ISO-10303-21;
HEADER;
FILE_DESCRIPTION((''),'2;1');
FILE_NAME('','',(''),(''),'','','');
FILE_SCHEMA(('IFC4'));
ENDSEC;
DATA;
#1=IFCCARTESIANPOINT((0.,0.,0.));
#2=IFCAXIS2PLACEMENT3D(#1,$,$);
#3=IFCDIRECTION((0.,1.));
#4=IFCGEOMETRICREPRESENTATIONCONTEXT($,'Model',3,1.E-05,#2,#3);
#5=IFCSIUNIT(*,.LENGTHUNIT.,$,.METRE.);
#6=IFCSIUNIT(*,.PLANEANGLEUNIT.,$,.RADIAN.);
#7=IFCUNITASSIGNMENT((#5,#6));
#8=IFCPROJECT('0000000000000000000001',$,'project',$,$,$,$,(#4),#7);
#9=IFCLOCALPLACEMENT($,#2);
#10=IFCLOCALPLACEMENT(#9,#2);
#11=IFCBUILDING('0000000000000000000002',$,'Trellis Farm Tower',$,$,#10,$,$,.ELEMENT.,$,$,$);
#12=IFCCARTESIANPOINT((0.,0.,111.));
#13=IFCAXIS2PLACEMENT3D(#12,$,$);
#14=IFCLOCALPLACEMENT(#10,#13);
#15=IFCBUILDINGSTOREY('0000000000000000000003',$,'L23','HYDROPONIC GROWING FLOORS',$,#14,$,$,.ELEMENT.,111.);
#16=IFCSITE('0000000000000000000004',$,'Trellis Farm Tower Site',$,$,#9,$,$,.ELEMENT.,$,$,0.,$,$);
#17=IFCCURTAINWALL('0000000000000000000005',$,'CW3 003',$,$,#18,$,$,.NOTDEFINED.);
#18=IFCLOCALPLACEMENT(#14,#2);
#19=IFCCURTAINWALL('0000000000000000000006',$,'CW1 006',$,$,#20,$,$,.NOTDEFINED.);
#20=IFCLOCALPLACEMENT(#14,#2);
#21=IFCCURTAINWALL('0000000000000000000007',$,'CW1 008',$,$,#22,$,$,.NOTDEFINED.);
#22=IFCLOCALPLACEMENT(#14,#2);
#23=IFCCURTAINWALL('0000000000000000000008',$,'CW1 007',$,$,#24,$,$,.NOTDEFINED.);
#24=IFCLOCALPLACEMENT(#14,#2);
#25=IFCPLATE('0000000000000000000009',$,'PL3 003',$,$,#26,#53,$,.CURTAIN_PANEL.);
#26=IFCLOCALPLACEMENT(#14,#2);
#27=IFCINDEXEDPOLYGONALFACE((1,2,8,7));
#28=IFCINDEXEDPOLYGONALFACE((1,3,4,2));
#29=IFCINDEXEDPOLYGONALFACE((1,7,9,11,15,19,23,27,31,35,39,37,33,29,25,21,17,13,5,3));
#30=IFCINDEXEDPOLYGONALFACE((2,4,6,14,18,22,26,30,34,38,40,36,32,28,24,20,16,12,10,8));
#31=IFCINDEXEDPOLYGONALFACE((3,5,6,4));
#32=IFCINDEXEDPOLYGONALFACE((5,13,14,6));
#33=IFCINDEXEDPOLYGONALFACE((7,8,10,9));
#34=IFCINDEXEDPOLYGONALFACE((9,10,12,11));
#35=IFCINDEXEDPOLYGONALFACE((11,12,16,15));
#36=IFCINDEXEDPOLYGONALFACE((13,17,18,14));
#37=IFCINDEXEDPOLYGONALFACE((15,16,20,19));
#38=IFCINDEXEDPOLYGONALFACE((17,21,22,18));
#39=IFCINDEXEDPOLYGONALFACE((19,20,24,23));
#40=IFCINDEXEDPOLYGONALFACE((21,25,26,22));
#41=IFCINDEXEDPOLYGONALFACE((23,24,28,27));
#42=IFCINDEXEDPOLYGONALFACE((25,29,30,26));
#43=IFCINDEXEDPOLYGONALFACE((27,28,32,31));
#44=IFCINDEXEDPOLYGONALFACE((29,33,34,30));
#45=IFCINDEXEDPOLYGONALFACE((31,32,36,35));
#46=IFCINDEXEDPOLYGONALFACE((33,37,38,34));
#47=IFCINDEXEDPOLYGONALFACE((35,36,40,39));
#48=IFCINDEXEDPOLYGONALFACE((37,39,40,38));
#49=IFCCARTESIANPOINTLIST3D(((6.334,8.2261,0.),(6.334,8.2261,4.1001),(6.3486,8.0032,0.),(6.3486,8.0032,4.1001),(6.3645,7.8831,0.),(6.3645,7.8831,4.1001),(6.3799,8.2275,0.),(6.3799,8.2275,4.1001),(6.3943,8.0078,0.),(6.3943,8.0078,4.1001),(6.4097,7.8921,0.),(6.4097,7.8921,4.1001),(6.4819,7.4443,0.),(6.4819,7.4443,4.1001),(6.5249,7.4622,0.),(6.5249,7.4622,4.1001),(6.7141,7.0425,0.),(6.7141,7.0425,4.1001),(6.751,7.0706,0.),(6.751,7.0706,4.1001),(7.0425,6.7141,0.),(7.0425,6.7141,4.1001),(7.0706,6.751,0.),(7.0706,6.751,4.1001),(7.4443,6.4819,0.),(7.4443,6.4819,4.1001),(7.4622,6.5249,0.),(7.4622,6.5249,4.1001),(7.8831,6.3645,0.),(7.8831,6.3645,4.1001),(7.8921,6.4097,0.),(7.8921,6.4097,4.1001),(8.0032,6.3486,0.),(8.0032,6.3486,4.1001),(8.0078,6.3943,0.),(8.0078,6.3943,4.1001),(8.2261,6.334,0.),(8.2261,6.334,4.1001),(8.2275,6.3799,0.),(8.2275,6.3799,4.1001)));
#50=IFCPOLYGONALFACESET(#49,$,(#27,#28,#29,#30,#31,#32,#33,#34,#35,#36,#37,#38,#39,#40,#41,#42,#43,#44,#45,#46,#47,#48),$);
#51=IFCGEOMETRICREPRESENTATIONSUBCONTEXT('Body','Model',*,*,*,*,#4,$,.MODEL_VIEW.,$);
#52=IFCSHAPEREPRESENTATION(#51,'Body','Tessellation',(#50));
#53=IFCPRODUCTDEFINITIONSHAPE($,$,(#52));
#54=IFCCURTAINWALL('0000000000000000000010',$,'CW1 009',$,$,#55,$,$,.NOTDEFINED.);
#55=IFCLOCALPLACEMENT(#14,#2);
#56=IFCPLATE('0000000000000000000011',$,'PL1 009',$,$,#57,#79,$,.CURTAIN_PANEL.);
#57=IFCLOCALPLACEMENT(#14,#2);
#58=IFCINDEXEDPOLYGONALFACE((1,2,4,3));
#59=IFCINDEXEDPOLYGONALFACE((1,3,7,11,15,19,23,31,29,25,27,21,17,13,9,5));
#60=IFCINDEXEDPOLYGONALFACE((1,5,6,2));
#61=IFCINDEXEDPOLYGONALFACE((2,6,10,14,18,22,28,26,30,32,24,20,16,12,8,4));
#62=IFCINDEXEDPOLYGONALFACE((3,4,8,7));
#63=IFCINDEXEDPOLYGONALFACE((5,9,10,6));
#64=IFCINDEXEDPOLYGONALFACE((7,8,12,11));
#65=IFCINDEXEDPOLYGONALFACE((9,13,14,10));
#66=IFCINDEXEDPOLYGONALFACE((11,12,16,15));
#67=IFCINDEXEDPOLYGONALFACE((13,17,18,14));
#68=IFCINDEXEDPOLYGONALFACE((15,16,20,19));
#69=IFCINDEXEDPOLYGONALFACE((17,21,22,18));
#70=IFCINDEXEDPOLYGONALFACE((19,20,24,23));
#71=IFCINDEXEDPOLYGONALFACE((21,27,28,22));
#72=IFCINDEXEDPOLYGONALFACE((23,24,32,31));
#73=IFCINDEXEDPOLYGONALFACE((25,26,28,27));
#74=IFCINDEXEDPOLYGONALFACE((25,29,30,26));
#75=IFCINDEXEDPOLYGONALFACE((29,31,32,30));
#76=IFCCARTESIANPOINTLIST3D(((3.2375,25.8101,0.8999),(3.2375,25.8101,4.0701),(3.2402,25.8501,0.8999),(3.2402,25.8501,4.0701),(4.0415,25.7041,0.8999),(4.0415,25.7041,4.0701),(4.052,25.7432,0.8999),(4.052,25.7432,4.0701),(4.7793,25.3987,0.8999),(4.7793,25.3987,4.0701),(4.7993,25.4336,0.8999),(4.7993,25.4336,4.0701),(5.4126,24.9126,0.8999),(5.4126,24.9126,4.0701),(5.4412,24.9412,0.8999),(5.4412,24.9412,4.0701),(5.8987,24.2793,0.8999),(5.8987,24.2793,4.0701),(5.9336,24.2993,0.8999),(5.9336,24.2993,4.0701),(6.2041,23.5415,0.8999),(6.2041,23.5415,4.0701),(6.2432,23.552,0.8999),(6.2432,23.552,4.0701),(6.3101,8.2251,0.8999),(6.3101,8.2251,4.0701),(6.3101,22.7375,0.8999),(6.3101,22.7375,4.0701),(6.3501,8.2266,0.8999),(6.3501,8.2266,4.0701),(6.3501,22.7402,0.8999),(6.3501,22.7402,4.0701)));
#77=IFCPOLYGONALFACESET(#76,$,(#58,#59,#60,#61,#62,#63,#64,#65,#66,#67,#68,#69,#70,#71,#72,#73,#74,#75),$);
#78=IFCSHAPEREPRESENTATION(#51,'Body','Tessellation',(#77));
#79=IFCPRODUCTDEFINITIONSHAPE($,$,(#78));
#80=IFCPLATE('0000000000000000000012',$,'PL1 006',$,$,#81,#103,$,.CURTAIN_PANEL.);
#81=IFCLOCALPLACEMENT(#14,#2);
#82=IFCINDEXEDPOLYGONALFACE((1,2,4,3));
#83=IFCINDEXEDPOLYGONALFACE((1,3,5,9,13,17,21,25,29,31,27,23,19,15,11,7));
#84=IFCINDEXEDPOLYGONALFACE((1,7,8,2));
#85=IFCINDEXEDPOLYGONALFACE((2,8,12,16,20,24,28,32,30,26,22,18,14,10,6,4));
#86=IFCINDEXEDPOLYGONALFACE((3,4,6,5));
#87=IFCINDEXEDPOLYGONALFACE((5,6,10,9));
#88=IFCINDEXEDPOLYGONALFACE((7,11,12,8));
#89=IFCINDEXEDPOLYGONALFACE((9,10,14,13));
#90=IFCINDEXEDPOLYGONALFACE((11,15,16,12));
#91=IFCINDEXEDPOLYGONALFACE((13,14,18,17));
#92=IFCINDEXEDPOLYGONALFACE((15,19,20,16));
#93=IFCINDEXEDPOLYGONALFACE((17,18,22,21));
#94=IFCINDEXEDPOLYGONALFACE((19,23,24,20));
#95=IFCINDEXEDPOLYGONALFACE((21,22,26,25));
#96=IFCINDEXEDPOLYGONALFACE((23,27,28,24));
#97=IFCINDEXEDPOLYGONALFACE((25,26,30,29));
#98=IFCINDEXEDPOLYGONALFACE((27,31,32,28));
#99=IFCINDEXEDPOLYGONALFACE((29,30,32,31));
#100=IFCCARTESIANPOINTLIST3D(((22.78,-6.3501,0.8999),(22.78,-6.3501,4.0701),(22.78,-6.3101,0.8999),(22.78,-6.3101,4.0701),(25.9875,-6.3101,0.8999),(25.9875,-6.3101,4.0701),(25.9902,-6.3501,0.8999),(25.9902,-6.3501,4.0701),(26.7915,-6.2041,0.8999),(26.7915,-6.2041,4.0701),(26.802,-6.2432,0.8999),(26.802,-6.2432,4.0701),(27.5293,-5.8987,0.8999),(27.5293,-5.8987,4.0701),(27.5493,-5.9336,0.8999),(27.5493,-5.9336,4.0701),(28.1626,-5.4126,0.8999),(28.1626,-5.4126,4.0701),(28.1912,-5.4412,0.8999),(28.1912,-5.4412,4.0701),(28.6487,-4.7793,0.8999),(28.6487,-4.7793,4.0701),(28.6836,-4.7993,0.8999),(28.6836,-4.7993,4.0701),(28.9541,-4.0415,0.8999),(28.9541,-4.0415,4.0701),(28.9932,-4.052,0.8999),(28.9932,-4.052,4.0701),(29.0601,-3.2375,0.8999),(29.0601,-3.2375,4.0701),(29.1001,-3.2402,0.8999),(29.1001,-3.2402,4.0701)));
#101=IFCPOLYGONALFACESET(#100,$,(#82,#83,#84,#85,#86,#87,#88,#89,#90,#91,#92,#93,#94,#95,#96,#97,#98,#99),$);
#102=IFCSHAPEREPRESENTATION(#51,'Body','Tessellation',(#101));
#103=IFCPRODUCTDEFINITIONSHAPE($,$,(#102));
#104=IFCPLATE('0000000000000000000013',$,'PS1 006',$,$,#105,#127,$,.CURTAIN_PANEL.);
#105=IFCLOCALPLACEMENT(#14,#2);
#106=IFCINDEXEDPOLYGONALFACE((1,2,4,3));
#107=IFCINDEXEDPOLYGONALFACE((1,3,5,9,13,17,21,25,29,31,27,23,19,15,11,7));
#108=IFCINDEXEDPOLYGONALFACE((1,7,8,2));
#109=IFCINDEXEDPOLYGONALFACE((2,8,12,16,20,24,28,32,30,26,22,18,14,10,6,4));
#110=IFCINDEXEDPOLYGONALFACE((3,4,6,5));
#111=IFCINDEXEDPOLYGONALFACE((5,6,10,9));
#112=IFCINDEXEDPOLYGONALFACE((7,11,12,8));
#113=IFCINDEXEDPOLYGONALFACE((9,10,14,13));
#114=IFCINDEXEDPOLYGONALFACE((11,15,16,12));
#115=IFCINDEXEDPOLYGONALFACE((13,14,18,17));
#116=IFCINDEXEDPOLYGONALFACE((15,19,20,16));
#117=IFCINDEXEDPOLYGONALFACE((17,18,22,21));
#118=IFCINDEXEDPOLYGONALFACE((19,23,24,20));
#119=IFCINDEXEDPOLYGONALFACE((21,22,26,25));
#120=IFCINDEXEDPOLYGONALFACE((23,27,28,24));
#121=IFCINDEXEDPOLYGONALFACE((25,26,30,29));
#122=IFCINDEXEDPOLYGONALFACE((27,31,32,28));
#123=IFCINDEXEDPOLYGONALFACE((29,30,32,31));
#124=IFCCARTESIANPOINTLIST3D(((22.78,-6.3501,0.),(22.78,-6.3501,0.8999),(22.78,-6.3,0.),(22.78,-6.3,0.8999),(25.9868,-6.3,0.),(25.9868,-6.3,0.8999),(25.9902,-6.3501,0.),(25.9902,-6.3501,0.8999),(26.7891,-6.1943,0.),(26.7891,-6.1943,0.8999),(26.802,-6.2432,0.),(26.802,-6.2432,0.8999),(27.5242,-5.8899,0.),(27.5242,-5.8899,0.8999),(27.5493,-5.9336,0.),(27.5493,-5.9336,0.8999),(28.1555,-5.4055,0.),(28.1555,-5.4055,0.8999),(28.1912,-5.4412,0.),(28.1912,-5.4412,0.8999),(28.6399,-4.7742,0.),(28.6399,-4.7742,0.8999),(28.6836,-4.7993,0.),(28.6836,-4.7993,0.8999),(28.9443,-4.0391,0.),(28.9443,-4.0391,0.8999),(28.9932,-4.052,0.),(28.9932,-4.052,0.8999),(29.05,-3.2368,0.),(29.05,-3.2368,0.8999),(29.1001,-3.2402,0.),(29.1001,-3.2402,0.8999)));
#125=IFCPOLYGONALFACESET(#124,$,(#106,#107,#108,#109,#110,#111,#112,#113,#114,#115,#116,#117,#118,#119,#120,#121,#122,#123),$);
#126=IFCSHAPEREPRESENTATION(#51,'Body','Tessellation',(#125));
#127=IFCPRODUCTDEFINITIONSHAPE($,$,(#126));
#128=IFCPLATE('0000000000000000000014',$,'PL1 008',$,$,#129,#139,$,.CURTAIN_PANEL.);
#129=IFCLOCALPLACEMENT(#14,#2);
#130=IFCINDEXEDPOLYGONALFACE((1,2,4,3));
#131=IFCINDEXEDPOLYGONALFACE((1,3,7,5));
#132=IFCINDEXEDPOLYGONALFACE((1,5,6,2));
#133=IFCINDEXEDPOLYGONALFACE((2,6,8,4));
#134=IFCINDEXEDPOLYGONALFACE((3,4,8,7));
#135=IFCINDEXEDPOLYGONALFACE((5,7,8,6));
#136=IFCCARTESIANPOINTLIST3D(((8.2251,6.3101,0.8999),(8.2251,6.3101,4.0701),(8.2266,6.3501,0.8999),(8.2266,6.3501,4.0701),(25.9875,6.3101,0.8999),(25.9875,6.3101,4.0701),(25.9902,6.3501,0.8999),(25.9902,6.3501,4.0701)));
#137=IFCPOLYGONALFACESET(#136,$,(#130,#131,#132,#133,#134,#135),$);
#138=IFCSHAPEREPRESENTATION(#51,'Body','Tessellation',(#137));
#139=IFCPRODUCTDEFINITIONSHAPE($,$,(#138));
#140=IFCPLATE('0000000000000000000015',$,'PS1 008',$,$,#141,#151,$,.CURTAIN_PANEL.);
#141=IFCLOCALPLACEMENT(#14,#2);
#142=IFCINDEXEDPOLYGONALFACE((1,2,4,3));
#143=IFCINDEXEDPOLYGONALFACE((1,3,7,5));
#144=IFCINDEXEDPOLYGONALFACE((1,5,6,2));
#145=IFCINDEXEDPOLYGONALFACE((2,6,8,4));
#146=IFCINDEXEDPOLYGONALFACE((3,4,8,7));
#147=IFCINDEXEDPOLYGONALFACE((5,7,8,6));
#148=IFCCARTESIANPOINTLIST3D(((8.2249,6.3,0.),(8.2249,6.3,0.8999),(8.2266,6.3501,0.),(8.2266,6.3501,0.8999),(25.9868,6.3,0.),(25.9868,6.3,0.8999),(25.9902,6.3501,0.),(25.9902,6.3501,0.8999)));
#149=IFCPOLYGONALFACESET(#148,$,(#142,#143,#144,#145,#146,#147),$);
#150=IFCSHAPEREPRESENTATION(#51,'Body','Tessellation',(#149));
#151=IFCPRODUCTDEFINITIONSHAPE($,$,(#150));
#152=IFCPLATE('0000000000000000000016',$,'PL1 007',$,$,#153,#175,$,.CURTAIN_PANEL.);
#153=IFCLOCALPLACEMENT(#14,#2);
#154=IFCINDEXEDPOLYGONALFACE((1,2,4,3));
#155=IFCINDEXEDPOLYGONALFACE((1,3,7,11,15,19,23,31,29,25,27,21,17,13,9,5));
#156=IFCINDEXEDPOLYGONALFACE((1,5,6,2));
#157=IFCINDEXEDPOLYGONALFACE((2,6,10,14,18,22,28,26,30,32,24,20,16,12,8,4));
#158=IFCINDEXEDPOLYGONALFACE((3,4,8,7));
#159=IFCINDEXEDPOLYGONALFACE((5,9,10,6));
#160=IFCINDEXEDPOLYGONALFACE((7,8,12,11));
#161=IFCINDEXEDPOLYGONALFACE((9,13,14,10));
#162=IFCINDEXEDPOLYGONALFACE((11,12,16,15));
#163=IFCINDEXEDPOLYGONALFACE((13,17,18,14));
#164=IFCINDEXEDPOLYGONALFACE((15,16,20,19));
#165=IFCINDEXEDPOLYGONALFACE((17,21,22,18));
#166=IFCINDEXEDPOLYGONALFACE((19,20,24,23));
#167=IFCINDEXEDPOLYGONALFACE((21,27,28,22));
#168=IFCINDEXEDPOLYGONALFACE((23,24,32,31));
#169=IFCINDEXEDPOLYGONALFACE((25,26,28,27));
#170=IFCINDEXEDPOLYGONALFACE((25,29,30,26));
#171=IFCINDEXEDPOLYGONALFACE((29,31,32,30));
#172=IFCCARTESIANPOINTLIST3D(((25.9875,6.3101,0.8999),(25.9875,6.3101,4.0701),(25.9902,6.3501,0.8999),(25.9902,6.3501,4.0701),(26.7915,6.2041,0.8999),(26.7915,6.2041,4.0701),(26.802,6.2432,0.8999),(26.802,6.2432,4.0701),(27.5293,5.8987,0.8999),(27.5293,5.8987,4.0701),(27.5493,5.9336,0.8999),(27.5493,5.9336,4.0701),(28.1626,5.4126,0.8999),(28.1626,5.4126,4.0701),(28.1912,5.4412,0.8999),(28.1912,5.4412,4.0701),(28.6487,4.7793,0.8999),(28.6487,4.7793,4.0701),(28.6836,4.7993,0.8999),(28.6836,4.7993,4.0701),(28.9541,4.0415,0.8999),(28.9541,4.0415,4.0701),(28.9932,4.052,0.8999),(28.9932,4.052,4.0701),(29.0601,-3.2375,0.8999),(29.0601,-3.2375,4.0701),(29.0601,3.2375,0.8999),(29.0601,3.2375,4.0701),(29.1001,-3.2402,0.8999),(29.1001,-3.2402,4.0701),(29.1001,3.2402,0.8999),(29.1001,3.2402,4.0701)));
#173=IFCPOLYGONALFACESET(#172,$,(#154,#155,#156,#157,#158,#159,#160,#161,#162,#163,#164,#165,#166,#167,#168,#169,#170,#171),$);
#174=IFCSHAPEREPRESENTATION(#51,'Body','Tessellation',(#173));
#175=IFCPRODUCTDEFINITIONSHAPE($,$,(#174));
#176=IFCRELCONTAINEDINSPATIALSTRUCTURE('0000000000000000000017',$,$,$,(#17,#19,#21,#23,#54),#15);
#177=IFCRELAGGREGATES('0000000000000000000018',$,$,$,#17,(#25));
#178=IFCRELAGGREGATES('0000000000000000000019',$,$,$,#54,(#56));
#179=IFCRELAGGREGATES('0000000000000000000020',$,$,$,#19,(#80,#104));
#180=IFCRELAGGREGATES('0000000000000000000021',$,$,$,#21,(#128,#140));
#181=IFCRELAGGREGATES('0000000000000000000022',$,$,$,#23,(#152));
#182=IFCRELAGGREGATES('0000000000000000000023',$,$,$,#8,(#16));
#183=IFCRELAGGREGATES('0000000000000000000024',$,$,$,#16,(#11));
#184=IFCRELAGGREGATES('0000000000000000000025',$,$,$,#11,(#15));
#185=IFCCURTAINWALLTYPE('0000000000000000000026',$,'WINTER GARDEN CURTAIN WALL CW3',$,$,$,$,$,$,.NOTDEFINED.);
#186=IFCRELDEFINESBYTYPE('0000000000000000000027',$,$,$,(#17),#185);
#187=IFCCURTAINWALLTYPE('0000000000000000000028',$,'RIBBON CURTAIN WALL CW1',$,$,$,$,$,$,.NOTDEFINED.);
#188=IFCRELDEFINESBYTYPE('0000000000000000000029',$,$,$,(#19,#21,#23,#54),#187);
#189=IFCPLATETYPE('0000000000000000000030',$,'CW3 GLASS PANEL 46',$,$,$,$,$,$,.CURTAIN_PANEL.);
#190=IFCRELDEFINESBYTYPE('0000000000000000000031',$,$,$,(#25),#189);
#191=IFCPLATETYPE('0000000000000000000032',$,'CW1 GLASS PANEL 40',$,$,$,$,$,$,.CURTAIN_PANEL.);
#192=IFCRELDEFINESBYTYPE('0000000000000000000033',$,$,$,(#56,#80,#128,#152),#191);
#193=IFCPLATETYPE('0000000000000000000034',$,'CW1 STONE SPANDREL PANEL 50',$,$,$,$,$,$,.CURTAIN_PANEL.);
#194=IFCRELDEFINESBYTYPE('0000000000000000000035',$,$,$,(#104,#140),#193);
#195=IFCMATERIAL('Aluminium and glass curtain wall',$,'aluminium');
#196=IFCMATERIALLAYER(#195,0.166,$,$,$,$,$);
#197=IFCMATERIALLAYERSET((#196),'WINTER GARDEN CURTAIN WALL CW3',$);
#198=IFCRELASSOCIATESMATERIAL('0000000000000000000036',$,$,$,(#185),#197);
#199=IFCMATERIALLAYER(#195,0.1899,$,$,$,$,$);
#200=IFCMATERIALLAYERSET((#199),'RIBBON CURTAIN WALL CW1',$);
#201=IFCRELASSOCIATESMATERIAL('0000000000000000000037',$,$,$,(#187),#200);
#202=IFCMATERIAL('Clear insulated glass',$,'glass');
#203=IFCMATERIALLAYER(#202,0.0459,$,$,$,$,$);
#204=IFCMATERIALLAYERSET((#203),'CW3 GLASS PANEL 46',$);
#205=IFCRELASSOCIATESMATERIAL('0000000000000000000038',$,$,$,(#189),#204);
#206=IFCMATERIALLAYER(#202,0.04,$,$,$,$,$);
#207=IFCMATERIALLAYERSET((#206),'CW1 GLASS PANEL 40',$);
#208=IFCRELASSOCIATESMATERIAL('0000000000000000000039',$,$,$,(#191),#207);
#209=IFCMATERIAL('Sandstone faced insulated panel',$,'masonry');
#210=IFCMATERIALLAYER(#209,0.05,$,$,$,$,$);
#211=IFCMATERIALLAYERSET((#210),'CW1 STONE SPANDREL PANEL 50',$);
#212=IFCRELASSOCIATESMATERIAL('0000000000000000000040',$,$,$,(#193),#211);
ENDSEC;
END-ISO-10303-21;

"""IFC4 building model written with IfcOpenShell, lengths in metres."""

from ifc_helpers import new_model, si_unit, direction, frame, origin, place, context, subcontext, project, spatial, polyline, outline, extrude, source, transform, mapped, material, layer, layer_set, type_object, element, aggregate, save


model = new_model("IFC4")

# Units and contexts
model_context = context("Model", 3, precision=1e-05, world=origin(), true_north=direction((0.0, 1.0)))
body_context = subcontext(model_context, "Body", "Model", "MODEL_VIEW")
ifc_project = project(units=[si_unit("LENGTHUNIT", "METRE"), si_unit("PLANEANGLEUNIT", "RADIAN")], contexts=[model_context])

# Site, building, storey
site_placement = place(None, origin())
site = spatial("IfcSite", under=ifc_project, at=site_placement, Name="Trellis Farm Tower Site", CompositionType="ELEMENT", RefElevation=0.0)
building_placement = place(site_placement, origin())
building = spatial("IfcBuilding", under=site, at=building_placement, Name="Trellis Farm Tower", CompositionType="ELEMENT")
storey_placement = place(building_placement, frame((0.0, 0.0, 111.0)))
storey = spatial("IfcBuildingStorey", under=building, at=storey_placement, Name="L23", Description="HYDROPONIC GROWING FLOORS", CompositionType="ELEMENT", Elevation=111.0)

# Curtain walls
ifc_material_1 = material(Name="Aluminium and glass curtain wall", Category="aluminium")
ifc_layer_1 = layer(ifc_material_1, 0.166)
ifc_layer_set_1 = layer_set([ifc_layer_1], Name="WINTER GARDEN CURTAIN WALL CW3")
curtain_wall_type_1 = type_object("IfcCurtainWallType", Name="WINTER GARDEN CURTAIN WALL CW3", PredefinedType="NOTDEFINED", material=ifc_layer_set_1)
placement_1 = place(storey_placement, origin())
curtain_wall_1 = element("IfcCurtainWall", 1, at=placement_1, inside=storey, type_object=curtain_wall_type_1, Name="CW3 003", PredefinedType="NOTDEFINED")
ifc_layer_2 = layer(ifc_material_1, 0.1899)
ifc_layer_set_2 = layer_set([ifc_layer_2], Name="RIBBON CURTAIN WALL CW1")
curtain_wall_type_2 = type_object("IfcCurtainWallType", Name="RIBBON CURTAIN WALL CW1", PredefinedType="NOTDEFINED", material=ifc_layer_set_2)
curtain_wall_2 = element("IfcCurtainWall", 2, at=placement_1, inside=storey, type_object=curtain_wall_type_2, Name="CW1 006", PredefinedType="NOTDEFINED")
curtain_wall_3 = element("IfcCurtainWall", 3, at=placement_1, inside=storey, type_object=curtain_wall_type_2, Name="CW1 008", PredefinedType="NOTDEFINED")
curtain_wall_4 = element("IfcCurtainWall", 4, at=placement_1, inside=storey, type_object=curtain_wall_type_2, Name="CW1 007", PredefinedType="NOTDEFINED")

# Plate
ifc_material_2 = material(Name="Clear insulated glass", Category="glass")
ifc_layer_3 = layer(ifc_material_2, 0.0459)
ifc_layer_set_3 = layer_set([ifc_layer_3], Name="CW3 GLASS PANEL 46")
plate_type_1 = type_object("IfcPlateType", Name="CW3 GLASS PANEL 46", PredefinedType="CURTAIN_PANEL", material=ifc_layer_set_3)
shared_shape_1 = source(origin(), body_context, "Body", "SweptSolid", [
    extrude(outline(polyline([(8.2275, 6.3799), (8.0078, 6.3943), (7.8921, 6.4097), (7.4622, 6.5249), (7.0706, 6.751), (6.751, 7.0706), (6.5249, 7.4622), (6.4097, 7.8921), (6.3943, 8.0078), (6.3799, 8.2275), (6.334, 8.2261), (6.3486, 8.0032), (6.3645, 7.8831), (6.4819, 7.4443), (6.7141, 7.0425), (7.0425, 6.7141), (7.4443, 6.4819), (7.8831, 6.3645), (8.0032, 6.3486), (8.2261, 6.334), (8.2275, 6.3799)])), origin(), (0.0, 0.0, 1.0), 4.1001),
])
plate_1 = element("IfcPlate", 5, at=placement_1, type_object=plate_type_1, Name="PL3 003", PredefinedType="CURTAIN_PANEL", context=body_context, shape_type="MappedRepresentation", body=[
    mapped(shared_shape_1, transform((0.0, 0.0, 0.0))),
])
aggregate(curtain_wall_1, [plate_1])

# Curtain wall, plate
curtain_wall_5 = element("IfcCurtainWall", 6, at=placement_1, inside=storey, type_object=curtain_wall_type_2, Name="CW1 009", PredefinedType="NOTDEFINED")
ifc_layer_4 = layer(ifc_material_2, 0.04)
ifc_layer_set_4 = layer_set([ifc_layer_4], Name="CW1 GLASS PANEL 40")
plate_type_2 = type_object("IfcPlateType", Name="CW1 GLASS PANEL 40", PredefinedType="CURTAIN_PANEL", material=ifc_layer_set_4)
shared_shape_2 = source(origin(), body_context, "Body", "SweptSolid", [
    extrude(outline(polyline([(6.3501, 8.2266), (6.3501, 22.7402), (6.2432, 23.552), (5.9336, 24.2993), (5.4412, 24.9412), (4.7993, 25.4336), (4.052, 25.7432), (3.2402, 25.8501), (3.2375, 25.8101), (4.0415, 25.7041), (4.7793, 25.3987), (5.4126, 24.9126), (5.8987, 24.2793), (6.2041, 23.5415), (6.3101, 22.7375), (6.3101, 8.2251), (6.3501, 8.2266)])), origin(), (0.0, 0.0, 1.0), 3.1702),
])
placement_2 = place(storey_placement, frame((0.0, 0.0, 0.8999)))
plate_2 = element("IfcPlate", 7, at=placement_2, type_object=plate_type_2, Name="PL1 009", PredefinedType="CURTAIN_PANEL", context=body_context, shape_type="MappedRepresentation", body=[
    mapped(shared_shape_2, transform((0.0, 0.0, 0.0))),
])
aggregate(curtain_wall_5, [plate_2])

# Plates
shared_shape_3 = source(origin(), body_context, "Body", "SweptSolid", [
    extrude(outline(polyline([(22.78, -6.3501), (25.9902, -6.3501), (26.802, -6.2432), (27.5493, -5.9336), (28.1912, -5.4412), (28.6836, -4.7993), (28.9932, -4.052), (29.1001, -3.2402), (29.0601, -3.2375), (28.9541, -4.0415), (28.6487, -4.7793), (28.1626, -5.4126), (27.5293, -5.8987), (26.7915, -6.2041), (25.9875, -6.3101), (22.78, -6.3101), (22.78, -6.3501)])), origin(), (0.0, 0.0, 1.0), 3.1702),
])
plate_3 = element("IfcPlate", 8, at=placement_2, type_object=plate_type_2, Name="PL1 006", PredefinedType="CURTAIN_PANEL", context=body_context, shape_type="MappedRepresentation", body=[
    mapped(shared_shape_3, transform((0.0, 0.0, 0.0))),
])
ifc_material_3 = material(Name="Sandstone faced insulated panel", Category="masonry")
ifc_layer_5 = layer(ifc_material_3, 0.05)
ifc_layer_set_5 = layer_set([ifc_layer_5], Name="CW1 STONE SPANDREL PANEL 50")
plate_type_3 = type_object("IfcPlateType", Name="CW1 STONE SPANDREL PANEL 50", PredefinedType="CURTAIN_PANEL", material=ifc_layer_set_5)
shared_shape_4 = source(origin(), body_context, "Body", "SweptSolid", [
    extrude(outline(polyline([(22.78, -6.3501), (25.9902, -6.3501), (26.802, -6.2432), (27.5493, -5.9336), (28.1912, -5.4412), (28.6836, -4.7993), (28.9932, -4.052), (29.1001, -3.2402), (29.05, -3.2368), (28.9443, -4.0391), (28.6399, -4.7742), (28.1555, -5.4055), (27.5242, -5.8899), (26.7891, -6.1943), (25.9868, -6.3), (22.78, -6.3), (22.78, -6.3501)])), origin(), (0.0, 0.0, 1.0), 0.8999),
])
plate_4 = element("IfcPlate", 9, at=placement_1, type_object=plate_type_3, Name="PS1 006", PredefinedType="CURTAIN_PANEL", context=body_context, shape_type="MappedRepresentation", body=[
    mapped(shared_shape_4, transform((0.0, 0.0, 0.0))),
])
aggregate(curtain_wall_2, [plate_3, plate_4])
shared_shape_5 = source(origin(), body_context, "Body", "SweptSolid", [
    extrude(outline(polyline([(25.9902, 6.3501), (8.2266, 6.3501), (8.2251, 6.3101), (25.9875, 6.3101), (25.9902, 6.3501)])), origin(), (0.0, 0.0, 1.0), 3.1702),
])
plate_5 = element("IfcPlate", 10, at=placement_2, type_object=plate_type_2, Name="PL1 008", PredefinedType="CURTAIN_PANEL", context=body_context, shape_type="MappedRepresentation", body=[
    mapped(shared_shape_5, transform((0.0, 0.0, 0.0))),
])
shared_shape_6 = source(origin(), body_context, "Body", "SweptSolid", [
    extrude(outline(polyline([(25.9902, 6.3501), (8.2266, 6.3501), (8.2249, 6.3), (25.9868, 6.3), (25.9902, 6.3501)])), origin(), (0.0, 0.0, 1.0), 0.8999),
])
plate_6 = element("IfcPlate", 11, at=placement_1, type_object=plate_type_3, Name="PS1 008", PredefinedType="CURTAIN_PANEL", context=body_context, shape_type="MappedRepresentation", body=[
    mapped(shared_shape_6, transform((0.0, 0.0, 0.0))),
])
aggregate(curtain_wall_3, [plate_5, plate_6])
shared_shape_7 = source(origin(), body_context, "Body", "SweptSolid", [
    extrude(outline(polyline([(29.1001, -3.2402), (29.1001, 3.2402), (28.9932, 4.052), (28.6836, 4.7993), (28.1912, 5.4412), (27.5493, 5.9336), (26.802, 6.2432), (25.9902, 6.3501), (25.9875, 6.3101), (26.7915, 6.2041), (27.5293, 5.8987), (28.1626, 5.4126), (28.6487, 4.7793), (28.9541, 4.0415), (29.0601, 3.2375), (29.0601, -3.2375), (29.1001, -3.2402)])), origin(), (0.0, 0.0, 1.0), 3.1702),
])
plate_7 = element("IfcPlate", 12, at=placement_2, type_object=plate_type_2, Name="PL1 007", PredefinedType="CURTAIN_PANEL", context=body_context, shape_type="MappedRepresentation", body=[
    mapped(shared_shape_7, transform((0.0, 0.0, 0.0))),
])
aggregate(curtain_wall_4, [plate_7])

save(model, "model.ifc")
